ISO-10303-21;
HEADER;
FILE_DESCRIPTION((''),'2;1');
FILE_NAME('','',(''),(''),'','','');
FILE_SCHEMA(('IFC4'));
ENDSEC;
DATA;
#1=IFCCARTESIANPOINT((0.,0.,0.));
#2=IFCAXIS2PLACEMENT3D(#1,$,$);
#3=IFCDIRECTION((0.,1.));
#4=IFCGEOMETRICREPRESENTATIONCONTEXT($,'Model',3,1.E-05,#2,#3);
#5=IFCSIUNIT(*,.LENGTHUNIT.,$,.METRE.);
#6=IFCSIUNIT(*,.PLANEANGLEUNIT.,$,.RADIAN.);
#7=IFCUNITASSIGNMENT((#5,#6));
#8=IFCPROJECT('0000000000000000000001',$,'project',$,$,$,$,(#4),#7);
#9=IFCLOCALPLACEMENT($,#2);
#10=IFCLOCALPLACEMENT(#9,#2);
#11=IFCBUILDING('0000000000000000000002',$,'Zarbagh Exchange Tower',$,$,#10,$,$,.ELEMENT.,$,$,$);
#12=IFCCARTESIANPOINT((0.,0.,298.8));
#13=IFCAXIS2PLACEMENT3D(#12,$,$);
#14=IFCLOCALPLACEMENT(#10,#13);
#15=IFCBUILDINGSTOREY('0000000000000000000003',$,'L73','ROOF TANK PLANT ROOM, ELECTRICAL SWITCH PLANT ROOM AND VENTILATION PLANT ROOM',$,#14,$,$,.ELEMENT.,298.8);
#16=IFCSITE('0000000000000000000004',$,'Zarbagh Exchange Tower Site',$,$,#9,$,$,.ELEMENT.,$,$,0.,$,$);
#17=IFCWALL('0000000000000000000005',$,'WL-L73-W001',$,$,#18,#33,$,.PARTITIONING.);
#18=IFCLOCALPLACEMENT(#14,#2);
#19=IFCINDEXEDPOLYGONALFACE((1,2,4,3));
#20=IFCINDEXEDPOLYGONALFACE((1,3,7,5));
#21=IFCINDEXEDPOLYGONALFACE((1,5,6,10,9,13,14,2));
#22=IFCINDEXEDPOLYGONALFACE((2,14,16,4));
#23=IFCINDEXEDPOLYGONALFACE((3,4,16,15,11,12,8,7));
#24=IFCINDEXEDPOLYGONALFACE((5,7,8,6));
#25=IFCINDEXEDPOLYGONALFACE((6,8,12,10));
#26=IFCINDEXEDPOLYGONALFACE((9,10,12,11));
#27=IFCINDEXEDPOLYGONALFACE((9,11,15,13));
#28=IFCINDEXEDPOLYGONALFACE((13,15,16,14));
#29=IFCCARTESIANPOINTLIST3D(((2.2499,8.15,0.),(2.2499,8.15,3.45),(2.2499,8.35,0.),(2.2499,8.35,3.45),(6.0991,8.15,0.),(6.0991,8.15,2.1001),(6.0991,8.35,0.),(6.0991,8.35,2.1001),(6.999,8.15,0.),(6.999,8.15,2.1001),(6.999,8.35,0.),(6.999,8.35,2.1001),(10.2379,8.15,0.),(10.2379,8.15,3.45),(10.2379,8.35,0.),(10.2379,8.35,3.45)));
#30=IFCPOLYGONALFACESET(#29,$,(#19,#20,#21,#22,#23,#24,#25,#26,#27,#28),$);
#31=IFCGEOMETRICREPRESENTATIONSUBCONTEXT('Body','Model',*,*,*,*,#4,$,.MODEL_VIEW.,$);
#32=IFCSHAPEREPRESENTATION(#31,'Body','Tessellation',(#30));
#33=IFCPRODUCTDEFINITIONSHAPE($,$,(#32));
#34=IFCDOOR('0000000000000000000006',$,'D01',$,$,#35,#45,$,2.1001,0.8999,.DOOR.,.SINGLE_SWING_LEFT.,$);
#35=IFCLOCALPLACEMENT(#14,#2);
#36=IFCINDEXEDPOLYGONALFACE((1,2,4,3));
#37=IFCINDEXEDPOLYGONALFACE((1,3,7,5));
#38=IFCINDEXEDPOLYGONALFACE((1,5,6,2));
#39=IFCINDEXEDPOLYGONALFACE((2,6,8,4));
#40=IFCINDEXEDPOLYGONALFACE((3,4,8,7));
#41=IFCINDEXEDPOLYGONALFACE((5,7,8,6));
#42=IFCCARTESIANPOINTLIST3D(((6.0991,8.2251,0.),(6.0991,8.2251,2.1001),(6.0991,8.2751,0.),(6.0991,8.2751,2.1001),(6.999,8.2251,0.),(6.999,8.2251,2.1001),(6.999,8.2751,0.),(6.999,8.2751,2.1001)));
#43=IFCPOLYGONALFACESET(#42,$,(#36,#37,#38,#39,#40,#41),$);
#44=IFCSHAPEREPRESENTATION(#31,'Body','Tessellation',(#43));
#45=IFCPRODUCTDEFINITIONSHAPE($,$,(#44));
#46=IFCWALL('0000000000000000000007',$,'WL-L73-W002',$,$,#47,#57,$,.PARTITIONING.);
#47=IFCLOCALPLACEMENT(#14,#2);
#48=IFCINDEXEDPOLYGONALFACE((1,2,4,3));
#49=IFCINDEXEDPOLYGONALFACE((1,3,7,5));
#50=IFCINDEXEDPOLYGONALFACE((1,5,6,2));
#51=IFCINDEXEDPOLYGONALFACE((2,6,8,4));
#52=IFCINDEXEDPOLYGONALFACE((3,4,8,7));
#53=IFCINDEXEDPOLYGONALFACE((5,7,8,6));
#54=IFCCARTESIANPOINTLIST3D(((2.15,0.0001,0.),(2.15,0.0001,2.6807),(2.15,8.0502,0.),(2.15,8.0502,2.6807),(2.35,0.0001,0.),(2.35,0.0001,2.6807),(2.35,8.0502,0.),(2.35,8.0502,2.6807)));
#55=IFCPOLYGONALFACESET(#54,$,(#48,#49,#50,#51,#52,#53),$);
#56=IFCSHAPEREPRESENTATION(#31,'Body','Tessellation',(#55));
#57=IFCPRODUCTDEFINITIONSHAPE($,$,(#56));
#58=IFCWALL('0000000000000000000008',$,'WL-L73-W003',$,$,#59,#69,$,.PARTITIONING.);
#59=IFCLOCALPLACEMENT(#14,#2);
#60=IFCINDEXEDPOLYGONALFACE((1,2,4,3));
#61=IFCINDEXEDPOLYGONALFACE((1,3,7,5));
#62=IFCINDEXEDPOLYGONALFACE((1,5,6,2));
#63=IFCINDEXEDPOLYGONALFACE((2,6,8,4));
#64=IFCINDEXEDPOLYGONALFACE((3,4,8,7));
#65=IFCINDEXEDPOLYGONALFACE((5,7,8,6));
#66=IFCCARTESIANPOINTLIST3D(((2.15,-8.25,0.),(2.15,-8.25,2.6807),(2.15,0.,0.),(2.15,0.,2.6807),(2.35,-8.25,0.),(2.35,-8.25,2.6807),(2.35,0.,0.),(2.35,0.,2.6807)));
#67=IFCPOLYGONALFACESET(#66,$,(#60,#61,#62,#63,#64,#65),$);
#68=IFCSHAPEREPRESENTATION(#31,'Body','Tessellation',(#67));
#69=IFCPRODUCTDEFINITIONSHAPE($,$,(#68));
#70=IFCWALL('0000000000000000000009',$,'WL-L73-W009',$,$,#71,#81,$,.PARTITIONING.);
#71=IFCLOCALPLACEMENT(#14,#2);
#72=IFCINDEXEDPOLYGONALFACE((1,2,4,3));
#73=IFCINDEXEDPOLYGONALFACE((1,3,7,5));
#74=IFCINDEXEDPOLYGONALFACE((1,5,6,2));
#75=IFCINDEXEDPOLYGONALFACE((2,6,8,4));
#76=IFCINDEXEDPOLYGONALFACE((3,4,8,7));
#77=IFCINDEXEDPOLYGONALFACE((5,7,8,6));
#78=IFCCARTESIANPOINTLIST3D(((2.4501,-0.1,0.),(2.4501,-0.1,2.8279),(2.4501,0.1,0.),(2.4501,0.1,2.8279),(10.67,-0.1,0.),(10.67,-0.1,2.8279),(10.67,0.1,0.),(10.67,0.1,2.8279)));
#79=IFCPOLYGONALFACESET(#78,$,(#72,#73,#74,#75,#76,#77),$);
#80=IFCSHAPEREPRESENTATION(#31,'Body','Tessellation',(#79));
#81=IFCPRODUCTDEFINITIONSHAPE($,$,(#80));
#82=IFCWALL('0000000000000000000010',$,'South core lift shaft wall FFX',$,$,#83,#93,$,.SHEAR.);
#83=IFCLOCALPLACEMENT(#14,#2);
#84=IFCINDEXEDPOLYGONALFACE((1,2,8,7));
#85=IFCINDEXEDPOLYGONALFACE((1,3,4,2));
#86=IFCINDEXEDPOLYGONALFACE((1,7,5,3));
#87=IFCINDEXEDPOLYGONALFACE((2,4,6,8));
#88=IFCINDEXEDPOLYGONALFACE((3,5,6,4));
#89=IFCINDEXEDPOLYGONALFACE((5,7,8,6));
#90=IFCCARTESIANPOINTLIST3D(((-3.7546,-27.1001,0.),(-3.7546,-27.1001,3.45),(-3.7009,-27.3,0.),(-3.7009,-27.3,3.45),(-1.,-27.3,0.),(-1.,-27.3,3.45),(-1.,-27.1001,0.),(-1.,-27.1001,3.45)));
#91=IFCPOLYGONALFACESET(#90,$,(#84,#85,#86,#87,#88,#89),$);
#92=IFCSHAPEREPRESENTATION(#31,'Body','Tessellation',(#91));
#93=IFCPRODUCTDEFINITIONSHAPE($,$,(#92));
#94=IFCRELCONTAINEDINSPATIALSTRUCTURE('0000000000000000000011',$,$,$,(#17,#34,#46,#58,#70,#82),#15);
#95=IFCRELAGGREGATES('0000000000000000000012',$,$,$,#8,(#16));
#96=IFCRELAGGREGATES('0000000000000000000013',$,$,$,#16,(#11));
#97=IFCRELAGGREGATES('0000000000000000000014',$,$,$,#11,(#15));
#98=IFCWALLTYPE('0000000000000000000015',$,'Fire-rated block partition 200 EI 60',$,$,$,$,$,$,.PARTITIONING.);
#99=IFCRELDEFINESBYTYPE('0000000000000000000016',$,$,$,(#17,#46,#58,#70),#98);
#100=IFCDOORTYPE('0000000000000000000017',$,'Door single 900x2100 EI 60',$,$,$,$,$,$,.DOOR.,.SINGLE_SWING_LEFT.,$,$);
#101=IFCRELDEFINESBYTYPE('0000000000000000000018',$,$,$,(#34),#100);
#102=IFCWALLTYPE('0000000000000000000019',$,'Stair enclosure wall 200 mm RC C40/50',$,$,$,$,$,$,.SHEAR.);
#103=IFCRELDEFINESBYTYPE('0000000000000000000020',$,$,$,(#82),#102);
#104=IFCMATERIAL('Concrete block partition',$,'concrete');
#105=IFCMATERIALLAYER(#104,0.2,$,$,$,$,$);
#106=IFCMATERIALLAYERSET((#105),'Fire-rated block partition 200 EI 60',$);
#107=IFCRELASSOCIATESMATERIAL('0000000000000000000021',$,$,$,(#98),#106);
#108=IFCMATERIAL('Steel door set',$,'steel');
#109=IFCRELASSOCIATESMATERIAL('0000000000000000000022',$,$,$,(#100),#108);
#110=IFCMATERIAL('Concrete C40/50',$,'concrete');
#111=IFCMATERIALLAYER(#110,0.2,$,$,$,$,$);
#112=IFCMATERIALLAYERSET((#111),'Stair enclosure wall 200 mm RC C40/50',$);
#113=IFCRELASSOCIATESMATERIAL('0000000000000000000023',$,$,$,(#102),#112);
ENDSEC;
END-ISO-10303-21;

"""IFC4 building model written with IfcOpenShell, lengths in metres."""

from ifc_helpers import new_model, si_unit, direction, frame, frame_2d, origin, place, context, subcontext, project, spatial, polyline, rectangle, outline, extrude, material, layer, layer_set, type_object, element, fill, save


model = new_model("IFC4")

# Units and contexts
model_context = context("Model", 3, precision=1e-05, world=origin(), true_north=direction((0.0, 1.0)))
body_context = subcontext(model_context, "Body", "Model", "MODEL_VIEW")
ifc_project = project(units=[si_unit("LENGTHUNIT", "METRE"), si_unit("PLANEANGLEUNIT", "RADIAN")], contexts=[model_context])

# Site, building, storey
site_placement = place(None, origin())
site = spatial("IfcSite", under=ifc_project, at=site_placement, Name="Zarbagh Exchange Tower Site", CompositionType="ELEMENT", RefElevation=0.0)
building_placement = place(site_placement, origin())
building = spatial("IfcBuilding", under=site, at=building_placement, Name="Zarbagh Exchange Tower", CompositionType="ELEMENT")
storey_placement = place(building_placement, frame((0.0, 0.0, 298.8)))
storey = spatial("IfcBuildingStorey", under=building, at=storey_placement, Name="L73", Description="ROOF TANK PLANT ROOM, ELECTRICAL SWITCH PLANT ROOM AND VENTILATION PLANT ROOM", CompositionType="ELEMENT", Elevation=298.8)

# Shared definitions
ifc_material_1 = material(Name="Concrete C40/50", Category="concrete")

# Wall, opening, door
ifc_material_2 = material(Name="Concrete block partition", Category="concrete")
ifc_layer_1 = layer(ifc_material_2, 0.2)
ifc_layer_set_1 = layer_set([ifc_layer_1], Name="Fire-rated block partition 200 EI 60")
wall_type_1 = type_object("IfcWallType", Name="Fire-rated block partition 200 EI 60", PredefinedType="PARTITIONING", material=ifc_layer_set_1)
wall_1_placement = place(storey_placement, frame((10.238, 8.25, 0.0), z_axis=(0.0, 0.0, 1.0), x_axis=(-1.0, 0.0, 0.0)))
wall_1 = element("IfcWall", 1, at=wall_1_placement, inside=storey, type_object=wall_type_1, Name="WL-L73-W001", PredefinedType="PARTITIONING", context=body_context, shape_type="SweptSolid", body=[
    extrude(rectangle(XDim=7.988, YDim=0.2, at=frame_2d((3.9941, 0.0))), origin(), (0.0, 0.0, 1.0), 3.45),
])
opening_placement = place(wall_1_placement, frame((3.239, 0.0, 0.0)))
opening = element("IfcOpeningElement", 2, at=opening_placement, cuts=wall_1, PredefinedType="OPENING", context=body_context, shape_type="SweptSolid", body=[
    extrude(rectangle(XDim=0.8999, YDim=2.1001, at=frame_2d((0.45, 1.05))), frame((0.0, 0.1099, 0.0), z_axis=(0.0, -1.0, 0.0), x_axis=(1.0, 0.0, 0.0)), (0.0, 0.0, 1.0), 0.22),
])
ifc_material_3 = material(Name="Steel door set", Category="steel")
door_type = type_object("IfcDoorType", Name="Door single 900x2100 EI 60", OperationType="SINGLE_SWING_LEFT", PredefinedType="DOOR", material=ifc_material_3)
door_placement = place(opening_placement, origin())
door = element("IfcDoor", 3, at=door_placement, inside=storey, type_object=door_type, Name="D01", OperationType="SINGLE_SWING_LEFT", OverallHeight=2.1001, OverallWidth=0.8999, PredefinedType="DOOR", context=body_context, shape_type="SweptSolid", body=[
    extrude(rectangle(XDim=0.8999, YDim=2.1001, at=frame_2d((0.45, 1.05))), frame((0.0, 0.0249, 0.0), z_axis=(0.0, -1.0, 0.0), x_axis=(1.0, 0.0, 0.0)), (0.0, 0.0, 1.0), 0.05),
])
fill(opening, door)

# Walls
wall_2_placement = place(storey_placement, frame((2.25, 8.05, 0.0), z_axis=(0.0, 0.0, 1.0), x_axis=(0.0, -1.0, 0.0)))
element("IfcWall", 4, at=wall_2_placement, inside=storey, type_object=wall_type_1, Name="WL-L73-W002", PredefinedType="PARTITIONING", context=body_context, shape_type="SweptSolid", body=[
    extrude(rectangle(XDim=8.05, YDim=0.2, at=frame_2d((4.0249, 0.0))), origin(), (0.0, 0.0, 1.0), 2.6807),
])
wall_3_placement = place(storey_placement, frame((2.25, 0.0, 0.0), z_axis=(0.0, 0.0, 1.0), x_axis=(0.0, -1.0, 0.0)))
element("IfcWall", 5, at=wall_3_placement, inside=storey, type_object=wall_type_1, Name="WL-L73-W003", PredefinedType="PARTITIONING", context=body_context, shape_type="SweptSolid", body=[
    extrude(rectangle(XDim=8.25, YDim=0.2, at=frame_2d((4.125, 0.0))), origin(), (0.0, 0.0, 1.0), 2.6807),
])
wall_4_placement = place(storey_placement, frame((10.6699, 0.0, 0.0), z_axis=(0.0, 0.0, 1.0), x_axis=(-1.0, 0.0, 0.0)))
element("IfcWall", 6, at=wall_4_placement, inside=storey, type_object=wall_type_1, Name="WL-L73-W009", PredefinedType="PARTITIONING", context=body_context, shape_type="SweptSolid", body=[
    extrude(rectangle(XDim=8.22, YDim=0.2, at=frame_2d((4.1099, 0.0))), origin(), (0.0, 0.0, 1.0), 2.8279),
])
ifc_layer_2 = layer(ifc_material_1, 0.2)
ifc_layer_set_2 = layer_set([ifc_layer_2], Name="Stair enclosure wall 200 mm RC C40/50")
wall_type_2 = type_object("IfcWallType", Name="Stair enclosure wall 200 mm RC C40/50", PredefinedType="SHEAR", material=ifc_layer_set_2)
wall_5_placement = place(storey_placement, origin())
element("IfcWall", 7, at=wall_5_placement, inside=storey, type_object=wall_type_2, Name="South core lift shaft wall FFX", PredefinedType="SHEAR", context=body_context, shape_type="SweptSolid", body=[
    extrude(outline(polyline([(-1.0, -27.1001), (-3.7546, -27.1001), (-3.7009, -27.3), (-1.0, -27.3), (-1.0, -27.1001)])), origin(), (0.0, 0.0, 1.0), 3.45),
])

save(model, "model.ifc")
